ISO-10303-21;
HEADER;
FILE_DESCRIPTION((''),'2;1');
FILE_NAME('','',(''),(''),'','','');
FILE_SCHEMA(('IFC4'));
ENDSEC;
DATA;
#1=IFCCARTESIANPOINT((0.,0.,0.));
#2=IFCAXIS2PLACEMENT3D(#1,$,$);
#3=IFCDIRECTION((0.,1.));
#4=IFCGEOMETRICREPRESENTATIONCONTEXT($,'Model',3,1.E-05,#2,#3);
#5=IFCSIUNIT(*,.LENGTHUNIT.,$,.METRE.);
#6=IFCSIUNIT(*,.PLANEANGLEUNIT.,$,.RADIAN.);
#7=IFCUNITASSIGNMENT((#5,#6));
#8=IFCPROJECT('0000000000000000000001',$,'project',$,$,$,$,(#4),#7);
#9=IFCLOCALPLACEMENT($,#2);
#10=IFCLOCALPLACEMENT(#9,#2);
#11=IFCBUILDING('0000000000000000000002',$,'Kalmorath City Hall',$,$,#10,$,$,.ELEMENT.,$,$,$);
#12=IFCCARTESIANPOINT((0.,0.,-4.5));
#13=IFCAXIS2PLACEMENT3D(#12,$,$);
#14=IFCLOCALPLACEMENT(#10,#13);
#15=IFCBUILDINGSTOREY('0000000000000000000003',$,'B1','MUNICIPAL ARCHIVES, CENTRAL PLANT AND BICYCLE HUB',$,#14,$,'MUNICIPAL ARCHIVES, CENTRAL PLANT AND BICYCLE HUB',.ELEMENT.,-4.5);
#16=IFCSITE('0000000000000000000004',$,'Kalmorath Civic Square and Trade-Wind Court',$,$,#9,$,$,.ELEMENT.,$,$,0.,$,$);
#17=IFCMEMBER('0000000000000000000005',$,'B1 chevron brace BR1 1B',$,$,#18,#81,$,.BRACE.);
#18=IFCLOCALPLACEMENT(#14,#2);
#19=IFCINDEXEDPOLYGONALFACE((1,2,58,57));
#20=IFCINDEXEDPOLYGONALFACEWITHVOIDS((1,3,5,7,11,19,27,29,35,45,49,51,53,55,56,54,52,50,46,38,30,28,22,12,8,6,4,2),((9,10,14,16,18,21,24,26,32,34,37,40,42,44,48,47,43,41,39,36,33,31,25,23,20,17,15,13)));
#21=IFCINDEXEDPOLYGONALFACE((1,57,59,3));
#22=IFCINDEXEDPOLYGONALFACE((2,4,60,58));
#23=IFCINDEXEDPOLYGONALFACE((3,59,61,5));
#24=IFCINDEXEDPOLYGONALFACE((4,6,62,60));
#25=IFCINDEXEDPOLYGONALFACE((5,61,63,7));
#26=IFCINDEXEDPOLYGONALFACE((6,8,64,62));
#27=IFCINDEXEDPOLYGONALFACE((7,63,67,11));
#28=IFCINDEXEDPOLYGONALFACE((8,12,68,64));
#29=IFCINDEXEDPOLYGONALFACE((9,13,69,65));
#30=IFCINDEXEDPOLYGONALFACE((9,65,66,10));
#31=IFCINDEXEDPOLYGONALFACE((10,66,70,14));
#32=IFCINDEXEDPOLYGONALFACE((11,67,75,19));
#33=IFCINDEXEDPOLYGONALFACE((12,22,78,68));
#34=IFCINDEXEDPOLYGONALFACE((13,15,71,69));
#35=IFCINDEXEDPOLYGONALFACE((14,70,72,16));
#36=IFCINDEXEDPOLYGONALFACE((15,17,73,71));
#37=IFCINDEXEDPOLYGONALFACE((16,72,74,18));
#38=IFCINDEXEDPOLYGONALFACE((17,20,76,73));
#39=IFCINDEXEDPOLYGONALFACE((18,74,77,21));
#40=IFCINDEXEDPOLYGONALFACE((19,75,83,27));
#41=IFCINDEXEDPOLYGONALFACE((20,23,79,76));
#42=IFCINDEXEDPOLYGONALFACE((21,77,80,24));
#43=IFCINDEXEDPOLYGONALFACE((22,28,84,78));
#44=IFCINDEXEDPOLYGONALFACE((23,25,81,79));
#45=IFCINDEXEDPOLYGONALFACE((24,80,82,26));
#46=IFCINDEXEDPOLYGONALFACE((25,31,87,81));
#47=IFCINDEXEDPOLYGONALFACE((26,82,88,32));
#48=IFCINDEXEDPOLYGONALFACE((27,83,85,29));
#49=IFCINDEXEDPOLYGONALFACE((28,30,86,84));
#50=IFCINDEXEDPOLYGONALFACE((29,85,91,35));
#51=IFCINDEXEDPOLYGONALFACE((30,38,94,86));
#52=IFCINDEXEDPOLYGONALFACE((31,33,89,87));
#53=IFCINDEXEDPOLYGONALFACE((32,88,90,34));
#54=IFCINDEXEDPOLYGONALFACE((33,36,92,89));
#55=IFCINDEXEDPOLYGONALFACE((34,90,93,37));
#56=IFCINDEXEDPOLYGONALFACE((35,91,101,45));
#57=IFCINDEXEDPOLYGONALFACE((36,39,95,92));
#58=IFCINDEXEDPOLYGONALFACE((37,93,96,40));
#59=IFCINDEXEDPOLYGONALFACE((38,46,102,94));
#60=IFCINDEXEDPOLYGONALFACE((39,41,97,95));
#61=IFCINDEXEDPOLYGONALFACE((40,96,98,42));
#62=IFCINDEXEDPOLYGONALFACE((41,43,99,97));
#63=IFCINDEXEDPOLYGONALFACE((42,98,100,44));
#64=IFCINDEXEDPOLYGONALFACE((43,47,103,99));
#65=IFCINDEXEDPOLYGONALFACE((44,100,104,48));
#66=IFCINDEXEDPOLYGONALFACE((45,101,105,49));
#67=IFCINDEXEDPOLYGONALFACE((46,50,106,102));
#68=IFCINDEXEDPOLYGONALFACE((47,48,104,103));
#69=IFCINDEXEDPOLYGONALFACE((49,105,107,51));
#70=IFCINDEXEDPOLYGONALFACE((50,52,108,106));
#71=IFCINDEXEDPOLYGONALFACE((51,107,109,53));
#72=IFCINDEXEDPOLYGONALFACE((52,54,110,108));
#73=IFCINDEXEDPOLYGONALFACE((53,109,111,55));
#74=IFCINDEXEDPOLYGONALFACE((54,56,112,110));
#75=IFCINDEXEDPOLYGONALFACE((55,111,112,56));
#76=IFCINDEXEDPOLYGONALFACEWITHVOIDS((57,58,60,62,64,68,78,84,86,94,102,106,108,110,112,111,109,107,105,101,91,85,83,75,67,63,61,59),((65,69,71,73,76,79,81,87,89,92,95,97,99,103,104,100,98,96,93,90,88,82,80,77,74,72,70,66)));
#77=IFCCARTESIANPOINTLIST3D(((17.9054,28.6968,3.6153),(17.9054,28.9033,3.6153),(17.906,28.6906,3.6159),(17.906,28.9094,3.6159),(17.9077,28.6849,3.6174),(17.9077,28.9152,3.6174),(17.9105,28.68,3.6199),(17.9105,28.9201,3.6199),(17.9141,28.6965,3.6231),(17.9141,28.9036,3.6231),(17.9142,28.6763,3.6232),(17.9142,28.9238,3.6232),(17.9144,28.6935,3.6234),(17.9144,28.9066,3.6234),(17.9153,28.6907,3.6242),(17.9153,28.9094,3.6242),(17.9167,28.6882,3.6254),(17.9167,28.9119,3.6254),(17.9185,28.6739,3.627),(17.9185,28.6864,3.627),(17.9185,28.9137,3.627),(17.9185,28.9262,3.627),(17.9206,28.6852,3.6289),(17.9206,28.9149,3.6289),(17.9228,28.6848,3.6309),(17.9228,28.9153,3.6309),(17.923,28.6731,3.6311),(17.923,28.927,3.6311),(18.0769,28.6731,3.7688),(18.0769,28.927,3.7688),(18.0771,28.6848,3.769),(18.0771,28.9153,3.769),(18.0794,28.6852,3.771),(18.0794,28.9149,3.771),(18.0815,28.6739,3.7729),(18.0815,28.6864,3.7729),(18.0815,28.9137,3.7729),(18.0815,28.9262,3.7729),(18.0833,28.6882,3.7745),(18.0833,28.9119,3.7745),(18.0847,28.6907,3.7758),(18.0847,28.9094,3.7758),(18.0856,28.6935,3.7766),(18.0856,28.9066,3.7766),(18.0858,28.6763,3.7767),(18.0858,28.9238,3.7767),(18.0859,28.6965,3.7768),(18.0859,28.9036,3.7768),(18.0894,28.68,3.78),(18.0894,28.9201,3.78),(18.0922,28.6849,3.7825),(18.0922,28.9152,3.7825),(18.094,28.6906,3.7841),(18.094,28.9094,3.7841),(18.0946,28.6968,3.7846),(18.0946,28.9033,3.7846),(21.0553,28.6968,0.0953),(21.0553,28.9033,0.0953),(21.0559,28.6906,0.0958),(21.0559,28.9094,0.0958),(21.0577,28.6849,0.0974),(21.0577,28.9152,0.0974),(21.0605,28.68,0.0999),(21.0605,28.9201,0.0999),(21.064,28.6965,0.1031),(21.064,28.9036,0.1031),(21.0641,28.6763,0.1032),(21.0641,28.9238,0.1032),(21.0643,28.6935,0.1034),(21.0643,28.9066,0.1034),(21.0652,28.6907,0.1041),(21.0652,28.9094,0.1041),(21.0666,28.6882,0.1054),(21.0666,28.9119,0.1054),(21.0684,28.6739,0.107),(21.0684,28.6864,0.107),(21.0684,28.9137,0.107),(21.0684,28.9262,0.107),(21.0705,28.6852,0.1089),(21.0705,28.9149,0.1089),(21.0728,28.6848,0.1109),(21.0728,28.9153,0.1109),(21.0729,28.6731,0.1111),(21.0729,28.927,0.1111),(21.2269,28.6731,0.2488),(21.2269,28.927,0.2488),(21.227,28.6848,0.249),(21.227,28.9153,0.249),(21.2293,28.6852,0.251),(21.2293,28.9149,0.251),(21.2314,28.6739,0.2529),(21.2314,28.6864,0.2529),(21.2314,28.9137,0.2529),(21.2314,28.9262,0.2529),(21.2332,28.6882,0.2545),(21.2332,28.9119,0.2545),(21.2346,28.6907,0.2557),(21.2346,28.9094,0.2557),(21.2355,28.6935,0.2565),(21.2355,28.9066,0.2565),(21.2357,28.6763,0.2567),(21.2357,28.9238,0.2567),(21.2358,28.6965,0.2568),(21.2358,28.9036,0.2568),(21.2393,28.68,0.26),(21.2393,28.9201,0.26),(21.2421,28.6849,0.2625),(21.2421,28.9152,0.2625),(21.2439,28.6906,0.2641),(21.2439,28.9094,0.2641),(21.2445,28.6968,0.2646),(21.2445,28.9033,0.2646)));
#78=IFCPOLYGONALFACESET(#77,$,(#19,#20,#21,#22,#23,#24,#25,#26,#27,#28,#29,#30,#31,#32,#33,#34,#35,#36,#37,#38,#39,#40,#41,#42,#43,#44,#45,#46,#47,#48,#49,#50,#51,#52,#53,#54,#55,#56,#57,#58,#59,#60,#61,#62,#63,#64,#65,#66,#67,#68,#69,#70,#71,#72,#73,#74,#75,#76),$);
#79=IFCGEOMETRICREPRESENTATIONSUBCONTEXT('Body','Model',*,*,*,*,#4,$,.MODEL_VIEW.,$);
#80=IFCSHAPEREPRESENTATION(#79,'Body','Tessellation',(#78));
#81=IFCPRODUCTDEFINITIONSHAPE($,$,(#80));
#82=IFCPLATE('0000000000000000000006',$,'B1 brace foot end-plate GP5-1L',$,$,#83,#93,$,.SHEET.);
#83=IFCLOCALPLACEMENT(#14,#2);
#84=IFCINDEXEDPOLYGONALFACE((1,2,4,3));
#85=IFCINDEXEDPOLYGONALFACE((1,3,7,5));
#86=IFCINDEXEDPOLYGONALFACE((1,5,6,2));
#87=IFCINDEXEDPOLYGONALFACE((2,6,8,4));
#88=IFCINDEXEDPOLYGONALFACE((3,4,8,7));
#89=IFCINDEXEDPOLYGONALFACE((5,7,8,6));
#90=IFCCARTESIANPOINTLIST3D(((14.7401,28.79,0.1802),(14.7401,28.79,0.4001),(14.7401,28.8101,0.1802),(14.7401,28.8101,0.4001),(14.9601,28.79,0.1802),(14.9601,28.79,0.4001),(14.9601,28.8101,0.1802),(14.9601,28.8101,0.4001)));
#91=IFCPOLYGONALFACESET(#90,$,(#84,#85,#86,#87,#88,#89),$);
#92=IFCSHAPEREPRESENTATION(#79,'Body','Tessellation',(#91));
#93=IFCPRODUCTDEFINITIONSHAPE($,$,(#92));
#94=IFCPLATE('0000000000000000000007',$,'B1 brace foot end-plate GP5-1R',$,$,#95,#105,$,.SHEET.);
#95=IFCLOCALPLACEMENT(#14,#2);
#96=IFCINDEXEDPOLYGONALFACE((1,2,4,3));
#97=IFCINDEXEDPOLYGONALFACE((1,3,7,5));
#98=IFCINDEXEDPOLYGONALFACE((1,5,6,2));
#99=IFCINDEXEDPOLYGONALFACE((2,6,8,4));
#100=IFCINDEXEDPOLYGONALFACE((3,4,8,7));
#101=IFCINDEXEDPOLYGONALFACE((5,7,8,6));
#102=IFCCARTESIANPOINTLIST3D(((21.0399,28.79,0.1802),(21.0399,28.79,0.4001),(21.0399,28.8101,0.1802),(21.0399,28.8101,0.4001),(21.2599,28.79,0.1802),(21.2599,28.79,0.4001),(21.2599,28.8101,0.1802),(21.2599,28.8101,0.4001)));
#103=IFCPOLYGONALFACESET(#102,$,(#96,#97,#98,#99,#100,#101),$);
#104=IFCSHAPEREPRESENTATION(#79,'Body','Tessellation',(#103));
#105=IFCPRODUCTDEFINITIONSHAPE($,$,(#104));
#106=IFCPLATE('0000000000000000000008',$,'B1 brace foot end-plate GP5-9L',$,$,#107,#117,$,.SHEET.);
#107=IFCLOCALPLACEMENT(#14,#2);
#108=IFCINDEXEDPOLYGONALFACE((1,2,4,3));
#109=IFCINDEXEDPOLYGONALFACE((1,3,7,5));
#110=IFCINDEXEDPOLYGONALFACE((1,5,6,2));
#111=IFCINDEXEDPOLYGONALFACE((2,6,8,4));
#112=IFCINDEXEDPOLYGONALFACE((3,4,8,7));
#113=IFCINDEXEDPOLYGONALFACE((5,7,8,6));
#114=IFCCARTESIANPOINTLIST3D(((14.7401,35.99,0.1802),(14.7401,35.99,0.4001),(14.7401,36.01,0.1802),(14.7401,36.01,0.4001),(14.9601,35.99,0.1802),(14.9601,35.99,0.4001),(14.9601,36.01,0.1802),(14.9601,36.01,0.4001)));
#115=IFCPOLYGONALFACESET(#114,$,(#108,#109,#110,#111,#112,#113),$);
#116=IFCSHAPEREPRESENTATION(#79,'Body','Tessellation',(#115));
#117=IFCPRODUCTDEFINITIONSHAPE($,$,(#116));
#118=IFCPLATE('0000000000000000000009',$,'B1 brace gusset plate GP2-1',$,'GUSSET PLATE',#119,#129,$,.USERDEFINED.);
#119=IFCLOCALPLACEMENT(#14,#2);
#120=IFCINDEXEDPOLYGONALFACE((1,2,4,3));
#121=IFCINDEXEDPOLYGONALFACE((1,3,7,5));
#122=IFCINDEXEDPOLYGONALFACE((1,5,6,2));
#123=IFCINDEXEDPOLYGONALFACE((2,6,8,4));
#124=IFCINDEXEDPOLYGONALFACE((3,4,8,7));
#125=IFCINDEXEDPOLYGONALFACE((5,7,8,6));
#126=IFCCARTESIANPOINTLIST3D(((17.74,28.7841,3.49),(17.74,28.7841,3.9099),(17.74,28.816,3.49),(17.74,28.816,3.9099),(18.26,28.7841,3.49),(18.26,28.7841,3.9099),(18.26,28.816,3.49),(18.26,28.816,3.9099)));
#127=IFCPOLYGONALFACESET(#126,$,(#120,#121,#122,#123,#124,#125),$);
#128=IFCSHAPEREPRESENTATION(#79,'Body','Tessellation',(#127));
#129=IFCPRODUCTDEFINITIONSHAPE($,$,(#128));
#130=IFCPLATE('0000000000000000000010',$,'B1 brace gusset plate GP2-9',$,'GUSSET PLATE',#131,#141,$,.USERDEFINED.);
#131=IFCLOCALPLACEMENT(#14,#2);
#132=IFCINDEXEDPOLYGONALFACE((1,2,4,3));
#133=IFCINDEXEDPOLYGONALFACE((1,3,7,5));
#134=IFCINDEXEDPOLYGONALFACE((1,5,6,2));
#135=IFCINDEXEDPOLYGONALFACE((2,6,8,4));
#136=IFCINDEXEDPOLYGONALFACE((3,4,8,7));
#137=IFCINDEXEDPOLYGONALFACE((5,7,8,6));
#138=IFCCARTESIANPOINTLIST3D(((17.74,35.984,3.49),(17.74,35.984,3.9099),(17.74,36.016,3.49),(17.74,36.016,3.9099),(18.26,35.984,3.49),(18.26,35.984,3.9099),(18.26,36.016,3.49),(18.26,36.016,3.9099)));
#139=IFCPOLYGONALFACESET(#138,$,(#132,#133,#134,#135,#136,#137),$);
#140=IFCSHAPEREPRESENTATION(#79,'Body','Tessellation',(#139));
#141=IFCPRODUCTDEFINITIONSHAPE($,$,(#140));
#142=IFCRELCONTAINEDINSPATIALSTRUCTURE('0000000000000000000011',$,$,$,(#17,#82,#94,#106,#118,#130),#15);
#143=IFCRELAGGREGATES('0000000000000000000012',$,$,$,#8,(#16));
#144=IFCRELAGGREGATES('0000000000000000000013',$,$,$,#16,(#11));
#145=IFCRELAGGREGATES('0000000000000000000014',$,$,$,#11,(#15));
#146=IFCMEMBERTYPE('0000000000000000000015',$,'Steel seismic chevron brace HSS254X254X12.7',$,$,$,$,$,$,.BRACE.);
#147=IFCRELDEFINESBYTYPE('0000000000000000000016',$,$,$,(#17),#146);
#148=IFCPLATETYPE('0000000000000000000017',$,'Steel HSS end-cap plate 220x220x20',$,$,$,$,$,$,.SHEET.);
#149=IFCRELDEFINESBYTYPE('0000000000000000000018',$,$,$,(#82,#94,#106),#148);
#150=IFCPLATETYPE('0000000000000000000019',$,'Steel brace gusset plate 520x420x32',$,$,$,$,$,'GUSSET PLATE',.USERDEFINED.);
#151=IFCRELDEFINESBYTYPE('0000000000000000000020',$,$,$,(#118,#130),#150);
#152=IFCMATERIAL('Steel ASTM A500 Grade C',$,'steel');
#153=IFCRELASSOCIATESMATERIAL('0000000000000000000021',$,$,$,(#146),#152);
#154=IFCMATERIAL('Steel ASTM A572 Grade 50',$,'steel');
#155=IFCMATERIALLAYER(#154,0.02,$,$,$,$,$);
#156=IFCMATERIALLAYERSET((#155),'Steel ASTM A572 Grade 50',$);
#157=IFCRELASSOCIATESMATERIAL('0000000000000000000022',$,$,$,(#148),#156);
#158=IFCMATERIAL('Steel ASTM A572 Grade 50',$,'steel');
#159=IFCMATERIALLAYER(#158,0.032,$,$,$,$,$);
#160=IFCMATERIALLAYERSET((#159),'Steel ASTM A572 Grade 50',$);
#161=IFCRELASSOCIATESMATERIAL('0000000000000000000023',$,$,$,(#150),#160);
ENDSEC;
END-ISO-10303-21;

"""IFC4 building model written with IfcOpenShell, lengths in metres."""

from ifc_helpers import new_model, si_unit, direction, frame, origin, origin_2d, place, context, subcontext, project, spatial, rectangle, hollow_rectangle, extrude, material, layer, layer_set, material_profile, profile_set, type_object, element, save


model = new_model("IFC4")

# Units and contexts
model_context = context("Model", 3, precision=1e-05, world=origin(), true_north=direction((0.0, 1.0)))
body_context = subcontext(model_context, "Body", "Model", "MODEL_VIEW")
ifc_project = project(units=[si_unit("LENGTHUNIT", "METRE"), si_unit("PLANEANGLEUNIT", "RADIAN")], contexts=[model_context])

# Site, building, storey
site_placement = place(None, origin())
site = spatial("IfcSite", under=ifc_project, at=site_placement, Name="Kalmorath Civic Square and Trade-Wind Court", CompositionType="ELEMENT", RefElevation=0.0)
building_placement = place(site_placement, origin())
building = spatial("IfcBuilding", under=site, at=building_placement, Name="Kalmorath City Hall", CompositionType="ELEMENT")
storey_placement = place(building_placement, frame((0.0, 0.0, -4.5)))
storey = spatial("IfcBuildingStorey", under=building, at=storey_placement, Name="B1", Description="MUNICIPAL ARCHIVES, CENTRAL PLANT AND BICYCLE HUB", LongName="MUNICIPAL ARCHIVES, CENTRAL PLANT AND BICYCLE HUB", CompositionType="ELEMENT", Elevation=-4.5)

# Member
ifc_material_1 = material(Name="Steel ASTM A500 Grade C", Category="steel")
ifc_material_profile_1 = material_profile(ifc_material_1, hollow_rectangle(XDim=0.2539, YDim=0.2539, WallThickness=0.0117, InnerFilletRadius=0.0117, OuterFilletRadius=0.0237, at=origin_2d()), Name="HSS254X254X12.7")
ifc_profile_set_1 = profile_set([ifc_material_profile_1], Name="Steel ASTM A500 Grade C")
member_type_1 = type_object("IfcMemberType", Name="Steel seismic chevron brace HSS254X254X12.7", PredefinedType="BRACE", material=ifc_profile_set_1)
for number, where, z_axis, x_axis, name in (
    (1, (21.1499, 28.8, 0.1799), (-0.666843, 0.0, 0.745198), (0.0, -1.0, 0.0), "B1 chevron brace BR1 1B"),
):
    element("IfcMember", number, at=place(storey_placement, frame(where, z_axis=z_axis, x_axis=x_axis)), inside=storey, type_object=member_type_1, Name=name, PredefinedType="BRACE", context=body_context, shape_type="SweptSolid", body=[
        extrude(hollow_rectangle(XDim=0.2539, YDim=0.2539, WallThickness=0.0117, InnerFilletRadius=0.0117, OuterFilletRadius=0.0237, at=origin_2d()), origin(), (0.0, 0.0, 1.0), 4.7236),
    ])

# Plates
ifc_material_2 = material(Name="Steel ASTM A572 Grade 50", Category="steel")
ifc_layer_1 = layer(ifc_material_2, 0.02)
ifc_layer_set_1 = layer_set([ifc_layer_1], Name="Steel ASTM A572 Grade 50")
plate_type_1 = type_object("IfcPlateType", Name="Steel HSS end-cap plate 220x220x20", PredefinedType="SHEET", material=ifc_layer_set_1)
for number, where, z_axis, x_axis, name in (
    (2, (14.8501, 28.8, 0.1802), (0.0, 0.0, 1.0), (1.0, 0.0, 0.0), "B1 brace foot end-plate GP5-1L"),
    (3, (21.1499, 28.8, 0.1802), (0.0, 0.0, 1.0), (1.0, 0.0, 0.0), "B1 brace foot end-plate GP5-1R"),
    (4, (14.8501, 36.0, 0.1802), (0.0, 0.0, 1.0), (1.0, 0.0, 0.0), "B1 brace foot end-plate GP5-9L"),
):
    element("IfcPlate", number, at=place(storey_placement, frame(where, z_axis=z_axis, x_axis=x_axis)), inside=storey, type_object=plate_type_1, Name=name, PredefinedType="SHEET", context=body_context, shape_type="SweptSolid", body=[
        extrude(rectangle(XDim=0.22, YDim=0.02, at=origin_2d()), origin(), (0.0, 0.0, 1.0), 0.22),
    ])
ifc_material_3 = material(Name="Steel ASTM A572 Grade 50", Category="steel")
ifc_layer_2 = layer(ifc_material_3, 0.032)
ifc_layer_set_2 = layer_set([ifc_layer_2], Name="Steel ASTM A572 Grade 50")
plate_type_2 = type_object("IfcPlateType", Name="Steel brace gusset plate 520x420x32", ElementType="GUSSET PLATE", PredefinedType="USERDEFINED", material=ifc_layer_set_2)
for number, where, z_axis, x_axis, name in (
    (5, (18.0, 28.8, 3.49), (0.0, 0.0, 1.0), (1.0, 0.0, 0.0), "B1 brace gusset plate GP2-1"),
    (6, (18.0, 36.0, 3.49), (0.0, 0.0, 1.0), (1.0, 0.0, 0.0), "B1 brace gusset plate GP2-9"),
):
    element("IfcPlate", number, at=place(storey_placement, frame(where, z_axis=z_axis, x_axis=x_axis)), inside=storey, type_object=plate_type_2, Name=name, ObjectType="GUSSET PLATE", PredefinedType="USERDEFINED", context=body_context, shape_type="SweptSolid", body=[
        extrude(rectangle(XDim=0.52, YDim=0.032, at=origin_2d()), origin(), (0.0, 0.0, 1.0), 0.4199),
    ])

save(model, "model.ifc")
